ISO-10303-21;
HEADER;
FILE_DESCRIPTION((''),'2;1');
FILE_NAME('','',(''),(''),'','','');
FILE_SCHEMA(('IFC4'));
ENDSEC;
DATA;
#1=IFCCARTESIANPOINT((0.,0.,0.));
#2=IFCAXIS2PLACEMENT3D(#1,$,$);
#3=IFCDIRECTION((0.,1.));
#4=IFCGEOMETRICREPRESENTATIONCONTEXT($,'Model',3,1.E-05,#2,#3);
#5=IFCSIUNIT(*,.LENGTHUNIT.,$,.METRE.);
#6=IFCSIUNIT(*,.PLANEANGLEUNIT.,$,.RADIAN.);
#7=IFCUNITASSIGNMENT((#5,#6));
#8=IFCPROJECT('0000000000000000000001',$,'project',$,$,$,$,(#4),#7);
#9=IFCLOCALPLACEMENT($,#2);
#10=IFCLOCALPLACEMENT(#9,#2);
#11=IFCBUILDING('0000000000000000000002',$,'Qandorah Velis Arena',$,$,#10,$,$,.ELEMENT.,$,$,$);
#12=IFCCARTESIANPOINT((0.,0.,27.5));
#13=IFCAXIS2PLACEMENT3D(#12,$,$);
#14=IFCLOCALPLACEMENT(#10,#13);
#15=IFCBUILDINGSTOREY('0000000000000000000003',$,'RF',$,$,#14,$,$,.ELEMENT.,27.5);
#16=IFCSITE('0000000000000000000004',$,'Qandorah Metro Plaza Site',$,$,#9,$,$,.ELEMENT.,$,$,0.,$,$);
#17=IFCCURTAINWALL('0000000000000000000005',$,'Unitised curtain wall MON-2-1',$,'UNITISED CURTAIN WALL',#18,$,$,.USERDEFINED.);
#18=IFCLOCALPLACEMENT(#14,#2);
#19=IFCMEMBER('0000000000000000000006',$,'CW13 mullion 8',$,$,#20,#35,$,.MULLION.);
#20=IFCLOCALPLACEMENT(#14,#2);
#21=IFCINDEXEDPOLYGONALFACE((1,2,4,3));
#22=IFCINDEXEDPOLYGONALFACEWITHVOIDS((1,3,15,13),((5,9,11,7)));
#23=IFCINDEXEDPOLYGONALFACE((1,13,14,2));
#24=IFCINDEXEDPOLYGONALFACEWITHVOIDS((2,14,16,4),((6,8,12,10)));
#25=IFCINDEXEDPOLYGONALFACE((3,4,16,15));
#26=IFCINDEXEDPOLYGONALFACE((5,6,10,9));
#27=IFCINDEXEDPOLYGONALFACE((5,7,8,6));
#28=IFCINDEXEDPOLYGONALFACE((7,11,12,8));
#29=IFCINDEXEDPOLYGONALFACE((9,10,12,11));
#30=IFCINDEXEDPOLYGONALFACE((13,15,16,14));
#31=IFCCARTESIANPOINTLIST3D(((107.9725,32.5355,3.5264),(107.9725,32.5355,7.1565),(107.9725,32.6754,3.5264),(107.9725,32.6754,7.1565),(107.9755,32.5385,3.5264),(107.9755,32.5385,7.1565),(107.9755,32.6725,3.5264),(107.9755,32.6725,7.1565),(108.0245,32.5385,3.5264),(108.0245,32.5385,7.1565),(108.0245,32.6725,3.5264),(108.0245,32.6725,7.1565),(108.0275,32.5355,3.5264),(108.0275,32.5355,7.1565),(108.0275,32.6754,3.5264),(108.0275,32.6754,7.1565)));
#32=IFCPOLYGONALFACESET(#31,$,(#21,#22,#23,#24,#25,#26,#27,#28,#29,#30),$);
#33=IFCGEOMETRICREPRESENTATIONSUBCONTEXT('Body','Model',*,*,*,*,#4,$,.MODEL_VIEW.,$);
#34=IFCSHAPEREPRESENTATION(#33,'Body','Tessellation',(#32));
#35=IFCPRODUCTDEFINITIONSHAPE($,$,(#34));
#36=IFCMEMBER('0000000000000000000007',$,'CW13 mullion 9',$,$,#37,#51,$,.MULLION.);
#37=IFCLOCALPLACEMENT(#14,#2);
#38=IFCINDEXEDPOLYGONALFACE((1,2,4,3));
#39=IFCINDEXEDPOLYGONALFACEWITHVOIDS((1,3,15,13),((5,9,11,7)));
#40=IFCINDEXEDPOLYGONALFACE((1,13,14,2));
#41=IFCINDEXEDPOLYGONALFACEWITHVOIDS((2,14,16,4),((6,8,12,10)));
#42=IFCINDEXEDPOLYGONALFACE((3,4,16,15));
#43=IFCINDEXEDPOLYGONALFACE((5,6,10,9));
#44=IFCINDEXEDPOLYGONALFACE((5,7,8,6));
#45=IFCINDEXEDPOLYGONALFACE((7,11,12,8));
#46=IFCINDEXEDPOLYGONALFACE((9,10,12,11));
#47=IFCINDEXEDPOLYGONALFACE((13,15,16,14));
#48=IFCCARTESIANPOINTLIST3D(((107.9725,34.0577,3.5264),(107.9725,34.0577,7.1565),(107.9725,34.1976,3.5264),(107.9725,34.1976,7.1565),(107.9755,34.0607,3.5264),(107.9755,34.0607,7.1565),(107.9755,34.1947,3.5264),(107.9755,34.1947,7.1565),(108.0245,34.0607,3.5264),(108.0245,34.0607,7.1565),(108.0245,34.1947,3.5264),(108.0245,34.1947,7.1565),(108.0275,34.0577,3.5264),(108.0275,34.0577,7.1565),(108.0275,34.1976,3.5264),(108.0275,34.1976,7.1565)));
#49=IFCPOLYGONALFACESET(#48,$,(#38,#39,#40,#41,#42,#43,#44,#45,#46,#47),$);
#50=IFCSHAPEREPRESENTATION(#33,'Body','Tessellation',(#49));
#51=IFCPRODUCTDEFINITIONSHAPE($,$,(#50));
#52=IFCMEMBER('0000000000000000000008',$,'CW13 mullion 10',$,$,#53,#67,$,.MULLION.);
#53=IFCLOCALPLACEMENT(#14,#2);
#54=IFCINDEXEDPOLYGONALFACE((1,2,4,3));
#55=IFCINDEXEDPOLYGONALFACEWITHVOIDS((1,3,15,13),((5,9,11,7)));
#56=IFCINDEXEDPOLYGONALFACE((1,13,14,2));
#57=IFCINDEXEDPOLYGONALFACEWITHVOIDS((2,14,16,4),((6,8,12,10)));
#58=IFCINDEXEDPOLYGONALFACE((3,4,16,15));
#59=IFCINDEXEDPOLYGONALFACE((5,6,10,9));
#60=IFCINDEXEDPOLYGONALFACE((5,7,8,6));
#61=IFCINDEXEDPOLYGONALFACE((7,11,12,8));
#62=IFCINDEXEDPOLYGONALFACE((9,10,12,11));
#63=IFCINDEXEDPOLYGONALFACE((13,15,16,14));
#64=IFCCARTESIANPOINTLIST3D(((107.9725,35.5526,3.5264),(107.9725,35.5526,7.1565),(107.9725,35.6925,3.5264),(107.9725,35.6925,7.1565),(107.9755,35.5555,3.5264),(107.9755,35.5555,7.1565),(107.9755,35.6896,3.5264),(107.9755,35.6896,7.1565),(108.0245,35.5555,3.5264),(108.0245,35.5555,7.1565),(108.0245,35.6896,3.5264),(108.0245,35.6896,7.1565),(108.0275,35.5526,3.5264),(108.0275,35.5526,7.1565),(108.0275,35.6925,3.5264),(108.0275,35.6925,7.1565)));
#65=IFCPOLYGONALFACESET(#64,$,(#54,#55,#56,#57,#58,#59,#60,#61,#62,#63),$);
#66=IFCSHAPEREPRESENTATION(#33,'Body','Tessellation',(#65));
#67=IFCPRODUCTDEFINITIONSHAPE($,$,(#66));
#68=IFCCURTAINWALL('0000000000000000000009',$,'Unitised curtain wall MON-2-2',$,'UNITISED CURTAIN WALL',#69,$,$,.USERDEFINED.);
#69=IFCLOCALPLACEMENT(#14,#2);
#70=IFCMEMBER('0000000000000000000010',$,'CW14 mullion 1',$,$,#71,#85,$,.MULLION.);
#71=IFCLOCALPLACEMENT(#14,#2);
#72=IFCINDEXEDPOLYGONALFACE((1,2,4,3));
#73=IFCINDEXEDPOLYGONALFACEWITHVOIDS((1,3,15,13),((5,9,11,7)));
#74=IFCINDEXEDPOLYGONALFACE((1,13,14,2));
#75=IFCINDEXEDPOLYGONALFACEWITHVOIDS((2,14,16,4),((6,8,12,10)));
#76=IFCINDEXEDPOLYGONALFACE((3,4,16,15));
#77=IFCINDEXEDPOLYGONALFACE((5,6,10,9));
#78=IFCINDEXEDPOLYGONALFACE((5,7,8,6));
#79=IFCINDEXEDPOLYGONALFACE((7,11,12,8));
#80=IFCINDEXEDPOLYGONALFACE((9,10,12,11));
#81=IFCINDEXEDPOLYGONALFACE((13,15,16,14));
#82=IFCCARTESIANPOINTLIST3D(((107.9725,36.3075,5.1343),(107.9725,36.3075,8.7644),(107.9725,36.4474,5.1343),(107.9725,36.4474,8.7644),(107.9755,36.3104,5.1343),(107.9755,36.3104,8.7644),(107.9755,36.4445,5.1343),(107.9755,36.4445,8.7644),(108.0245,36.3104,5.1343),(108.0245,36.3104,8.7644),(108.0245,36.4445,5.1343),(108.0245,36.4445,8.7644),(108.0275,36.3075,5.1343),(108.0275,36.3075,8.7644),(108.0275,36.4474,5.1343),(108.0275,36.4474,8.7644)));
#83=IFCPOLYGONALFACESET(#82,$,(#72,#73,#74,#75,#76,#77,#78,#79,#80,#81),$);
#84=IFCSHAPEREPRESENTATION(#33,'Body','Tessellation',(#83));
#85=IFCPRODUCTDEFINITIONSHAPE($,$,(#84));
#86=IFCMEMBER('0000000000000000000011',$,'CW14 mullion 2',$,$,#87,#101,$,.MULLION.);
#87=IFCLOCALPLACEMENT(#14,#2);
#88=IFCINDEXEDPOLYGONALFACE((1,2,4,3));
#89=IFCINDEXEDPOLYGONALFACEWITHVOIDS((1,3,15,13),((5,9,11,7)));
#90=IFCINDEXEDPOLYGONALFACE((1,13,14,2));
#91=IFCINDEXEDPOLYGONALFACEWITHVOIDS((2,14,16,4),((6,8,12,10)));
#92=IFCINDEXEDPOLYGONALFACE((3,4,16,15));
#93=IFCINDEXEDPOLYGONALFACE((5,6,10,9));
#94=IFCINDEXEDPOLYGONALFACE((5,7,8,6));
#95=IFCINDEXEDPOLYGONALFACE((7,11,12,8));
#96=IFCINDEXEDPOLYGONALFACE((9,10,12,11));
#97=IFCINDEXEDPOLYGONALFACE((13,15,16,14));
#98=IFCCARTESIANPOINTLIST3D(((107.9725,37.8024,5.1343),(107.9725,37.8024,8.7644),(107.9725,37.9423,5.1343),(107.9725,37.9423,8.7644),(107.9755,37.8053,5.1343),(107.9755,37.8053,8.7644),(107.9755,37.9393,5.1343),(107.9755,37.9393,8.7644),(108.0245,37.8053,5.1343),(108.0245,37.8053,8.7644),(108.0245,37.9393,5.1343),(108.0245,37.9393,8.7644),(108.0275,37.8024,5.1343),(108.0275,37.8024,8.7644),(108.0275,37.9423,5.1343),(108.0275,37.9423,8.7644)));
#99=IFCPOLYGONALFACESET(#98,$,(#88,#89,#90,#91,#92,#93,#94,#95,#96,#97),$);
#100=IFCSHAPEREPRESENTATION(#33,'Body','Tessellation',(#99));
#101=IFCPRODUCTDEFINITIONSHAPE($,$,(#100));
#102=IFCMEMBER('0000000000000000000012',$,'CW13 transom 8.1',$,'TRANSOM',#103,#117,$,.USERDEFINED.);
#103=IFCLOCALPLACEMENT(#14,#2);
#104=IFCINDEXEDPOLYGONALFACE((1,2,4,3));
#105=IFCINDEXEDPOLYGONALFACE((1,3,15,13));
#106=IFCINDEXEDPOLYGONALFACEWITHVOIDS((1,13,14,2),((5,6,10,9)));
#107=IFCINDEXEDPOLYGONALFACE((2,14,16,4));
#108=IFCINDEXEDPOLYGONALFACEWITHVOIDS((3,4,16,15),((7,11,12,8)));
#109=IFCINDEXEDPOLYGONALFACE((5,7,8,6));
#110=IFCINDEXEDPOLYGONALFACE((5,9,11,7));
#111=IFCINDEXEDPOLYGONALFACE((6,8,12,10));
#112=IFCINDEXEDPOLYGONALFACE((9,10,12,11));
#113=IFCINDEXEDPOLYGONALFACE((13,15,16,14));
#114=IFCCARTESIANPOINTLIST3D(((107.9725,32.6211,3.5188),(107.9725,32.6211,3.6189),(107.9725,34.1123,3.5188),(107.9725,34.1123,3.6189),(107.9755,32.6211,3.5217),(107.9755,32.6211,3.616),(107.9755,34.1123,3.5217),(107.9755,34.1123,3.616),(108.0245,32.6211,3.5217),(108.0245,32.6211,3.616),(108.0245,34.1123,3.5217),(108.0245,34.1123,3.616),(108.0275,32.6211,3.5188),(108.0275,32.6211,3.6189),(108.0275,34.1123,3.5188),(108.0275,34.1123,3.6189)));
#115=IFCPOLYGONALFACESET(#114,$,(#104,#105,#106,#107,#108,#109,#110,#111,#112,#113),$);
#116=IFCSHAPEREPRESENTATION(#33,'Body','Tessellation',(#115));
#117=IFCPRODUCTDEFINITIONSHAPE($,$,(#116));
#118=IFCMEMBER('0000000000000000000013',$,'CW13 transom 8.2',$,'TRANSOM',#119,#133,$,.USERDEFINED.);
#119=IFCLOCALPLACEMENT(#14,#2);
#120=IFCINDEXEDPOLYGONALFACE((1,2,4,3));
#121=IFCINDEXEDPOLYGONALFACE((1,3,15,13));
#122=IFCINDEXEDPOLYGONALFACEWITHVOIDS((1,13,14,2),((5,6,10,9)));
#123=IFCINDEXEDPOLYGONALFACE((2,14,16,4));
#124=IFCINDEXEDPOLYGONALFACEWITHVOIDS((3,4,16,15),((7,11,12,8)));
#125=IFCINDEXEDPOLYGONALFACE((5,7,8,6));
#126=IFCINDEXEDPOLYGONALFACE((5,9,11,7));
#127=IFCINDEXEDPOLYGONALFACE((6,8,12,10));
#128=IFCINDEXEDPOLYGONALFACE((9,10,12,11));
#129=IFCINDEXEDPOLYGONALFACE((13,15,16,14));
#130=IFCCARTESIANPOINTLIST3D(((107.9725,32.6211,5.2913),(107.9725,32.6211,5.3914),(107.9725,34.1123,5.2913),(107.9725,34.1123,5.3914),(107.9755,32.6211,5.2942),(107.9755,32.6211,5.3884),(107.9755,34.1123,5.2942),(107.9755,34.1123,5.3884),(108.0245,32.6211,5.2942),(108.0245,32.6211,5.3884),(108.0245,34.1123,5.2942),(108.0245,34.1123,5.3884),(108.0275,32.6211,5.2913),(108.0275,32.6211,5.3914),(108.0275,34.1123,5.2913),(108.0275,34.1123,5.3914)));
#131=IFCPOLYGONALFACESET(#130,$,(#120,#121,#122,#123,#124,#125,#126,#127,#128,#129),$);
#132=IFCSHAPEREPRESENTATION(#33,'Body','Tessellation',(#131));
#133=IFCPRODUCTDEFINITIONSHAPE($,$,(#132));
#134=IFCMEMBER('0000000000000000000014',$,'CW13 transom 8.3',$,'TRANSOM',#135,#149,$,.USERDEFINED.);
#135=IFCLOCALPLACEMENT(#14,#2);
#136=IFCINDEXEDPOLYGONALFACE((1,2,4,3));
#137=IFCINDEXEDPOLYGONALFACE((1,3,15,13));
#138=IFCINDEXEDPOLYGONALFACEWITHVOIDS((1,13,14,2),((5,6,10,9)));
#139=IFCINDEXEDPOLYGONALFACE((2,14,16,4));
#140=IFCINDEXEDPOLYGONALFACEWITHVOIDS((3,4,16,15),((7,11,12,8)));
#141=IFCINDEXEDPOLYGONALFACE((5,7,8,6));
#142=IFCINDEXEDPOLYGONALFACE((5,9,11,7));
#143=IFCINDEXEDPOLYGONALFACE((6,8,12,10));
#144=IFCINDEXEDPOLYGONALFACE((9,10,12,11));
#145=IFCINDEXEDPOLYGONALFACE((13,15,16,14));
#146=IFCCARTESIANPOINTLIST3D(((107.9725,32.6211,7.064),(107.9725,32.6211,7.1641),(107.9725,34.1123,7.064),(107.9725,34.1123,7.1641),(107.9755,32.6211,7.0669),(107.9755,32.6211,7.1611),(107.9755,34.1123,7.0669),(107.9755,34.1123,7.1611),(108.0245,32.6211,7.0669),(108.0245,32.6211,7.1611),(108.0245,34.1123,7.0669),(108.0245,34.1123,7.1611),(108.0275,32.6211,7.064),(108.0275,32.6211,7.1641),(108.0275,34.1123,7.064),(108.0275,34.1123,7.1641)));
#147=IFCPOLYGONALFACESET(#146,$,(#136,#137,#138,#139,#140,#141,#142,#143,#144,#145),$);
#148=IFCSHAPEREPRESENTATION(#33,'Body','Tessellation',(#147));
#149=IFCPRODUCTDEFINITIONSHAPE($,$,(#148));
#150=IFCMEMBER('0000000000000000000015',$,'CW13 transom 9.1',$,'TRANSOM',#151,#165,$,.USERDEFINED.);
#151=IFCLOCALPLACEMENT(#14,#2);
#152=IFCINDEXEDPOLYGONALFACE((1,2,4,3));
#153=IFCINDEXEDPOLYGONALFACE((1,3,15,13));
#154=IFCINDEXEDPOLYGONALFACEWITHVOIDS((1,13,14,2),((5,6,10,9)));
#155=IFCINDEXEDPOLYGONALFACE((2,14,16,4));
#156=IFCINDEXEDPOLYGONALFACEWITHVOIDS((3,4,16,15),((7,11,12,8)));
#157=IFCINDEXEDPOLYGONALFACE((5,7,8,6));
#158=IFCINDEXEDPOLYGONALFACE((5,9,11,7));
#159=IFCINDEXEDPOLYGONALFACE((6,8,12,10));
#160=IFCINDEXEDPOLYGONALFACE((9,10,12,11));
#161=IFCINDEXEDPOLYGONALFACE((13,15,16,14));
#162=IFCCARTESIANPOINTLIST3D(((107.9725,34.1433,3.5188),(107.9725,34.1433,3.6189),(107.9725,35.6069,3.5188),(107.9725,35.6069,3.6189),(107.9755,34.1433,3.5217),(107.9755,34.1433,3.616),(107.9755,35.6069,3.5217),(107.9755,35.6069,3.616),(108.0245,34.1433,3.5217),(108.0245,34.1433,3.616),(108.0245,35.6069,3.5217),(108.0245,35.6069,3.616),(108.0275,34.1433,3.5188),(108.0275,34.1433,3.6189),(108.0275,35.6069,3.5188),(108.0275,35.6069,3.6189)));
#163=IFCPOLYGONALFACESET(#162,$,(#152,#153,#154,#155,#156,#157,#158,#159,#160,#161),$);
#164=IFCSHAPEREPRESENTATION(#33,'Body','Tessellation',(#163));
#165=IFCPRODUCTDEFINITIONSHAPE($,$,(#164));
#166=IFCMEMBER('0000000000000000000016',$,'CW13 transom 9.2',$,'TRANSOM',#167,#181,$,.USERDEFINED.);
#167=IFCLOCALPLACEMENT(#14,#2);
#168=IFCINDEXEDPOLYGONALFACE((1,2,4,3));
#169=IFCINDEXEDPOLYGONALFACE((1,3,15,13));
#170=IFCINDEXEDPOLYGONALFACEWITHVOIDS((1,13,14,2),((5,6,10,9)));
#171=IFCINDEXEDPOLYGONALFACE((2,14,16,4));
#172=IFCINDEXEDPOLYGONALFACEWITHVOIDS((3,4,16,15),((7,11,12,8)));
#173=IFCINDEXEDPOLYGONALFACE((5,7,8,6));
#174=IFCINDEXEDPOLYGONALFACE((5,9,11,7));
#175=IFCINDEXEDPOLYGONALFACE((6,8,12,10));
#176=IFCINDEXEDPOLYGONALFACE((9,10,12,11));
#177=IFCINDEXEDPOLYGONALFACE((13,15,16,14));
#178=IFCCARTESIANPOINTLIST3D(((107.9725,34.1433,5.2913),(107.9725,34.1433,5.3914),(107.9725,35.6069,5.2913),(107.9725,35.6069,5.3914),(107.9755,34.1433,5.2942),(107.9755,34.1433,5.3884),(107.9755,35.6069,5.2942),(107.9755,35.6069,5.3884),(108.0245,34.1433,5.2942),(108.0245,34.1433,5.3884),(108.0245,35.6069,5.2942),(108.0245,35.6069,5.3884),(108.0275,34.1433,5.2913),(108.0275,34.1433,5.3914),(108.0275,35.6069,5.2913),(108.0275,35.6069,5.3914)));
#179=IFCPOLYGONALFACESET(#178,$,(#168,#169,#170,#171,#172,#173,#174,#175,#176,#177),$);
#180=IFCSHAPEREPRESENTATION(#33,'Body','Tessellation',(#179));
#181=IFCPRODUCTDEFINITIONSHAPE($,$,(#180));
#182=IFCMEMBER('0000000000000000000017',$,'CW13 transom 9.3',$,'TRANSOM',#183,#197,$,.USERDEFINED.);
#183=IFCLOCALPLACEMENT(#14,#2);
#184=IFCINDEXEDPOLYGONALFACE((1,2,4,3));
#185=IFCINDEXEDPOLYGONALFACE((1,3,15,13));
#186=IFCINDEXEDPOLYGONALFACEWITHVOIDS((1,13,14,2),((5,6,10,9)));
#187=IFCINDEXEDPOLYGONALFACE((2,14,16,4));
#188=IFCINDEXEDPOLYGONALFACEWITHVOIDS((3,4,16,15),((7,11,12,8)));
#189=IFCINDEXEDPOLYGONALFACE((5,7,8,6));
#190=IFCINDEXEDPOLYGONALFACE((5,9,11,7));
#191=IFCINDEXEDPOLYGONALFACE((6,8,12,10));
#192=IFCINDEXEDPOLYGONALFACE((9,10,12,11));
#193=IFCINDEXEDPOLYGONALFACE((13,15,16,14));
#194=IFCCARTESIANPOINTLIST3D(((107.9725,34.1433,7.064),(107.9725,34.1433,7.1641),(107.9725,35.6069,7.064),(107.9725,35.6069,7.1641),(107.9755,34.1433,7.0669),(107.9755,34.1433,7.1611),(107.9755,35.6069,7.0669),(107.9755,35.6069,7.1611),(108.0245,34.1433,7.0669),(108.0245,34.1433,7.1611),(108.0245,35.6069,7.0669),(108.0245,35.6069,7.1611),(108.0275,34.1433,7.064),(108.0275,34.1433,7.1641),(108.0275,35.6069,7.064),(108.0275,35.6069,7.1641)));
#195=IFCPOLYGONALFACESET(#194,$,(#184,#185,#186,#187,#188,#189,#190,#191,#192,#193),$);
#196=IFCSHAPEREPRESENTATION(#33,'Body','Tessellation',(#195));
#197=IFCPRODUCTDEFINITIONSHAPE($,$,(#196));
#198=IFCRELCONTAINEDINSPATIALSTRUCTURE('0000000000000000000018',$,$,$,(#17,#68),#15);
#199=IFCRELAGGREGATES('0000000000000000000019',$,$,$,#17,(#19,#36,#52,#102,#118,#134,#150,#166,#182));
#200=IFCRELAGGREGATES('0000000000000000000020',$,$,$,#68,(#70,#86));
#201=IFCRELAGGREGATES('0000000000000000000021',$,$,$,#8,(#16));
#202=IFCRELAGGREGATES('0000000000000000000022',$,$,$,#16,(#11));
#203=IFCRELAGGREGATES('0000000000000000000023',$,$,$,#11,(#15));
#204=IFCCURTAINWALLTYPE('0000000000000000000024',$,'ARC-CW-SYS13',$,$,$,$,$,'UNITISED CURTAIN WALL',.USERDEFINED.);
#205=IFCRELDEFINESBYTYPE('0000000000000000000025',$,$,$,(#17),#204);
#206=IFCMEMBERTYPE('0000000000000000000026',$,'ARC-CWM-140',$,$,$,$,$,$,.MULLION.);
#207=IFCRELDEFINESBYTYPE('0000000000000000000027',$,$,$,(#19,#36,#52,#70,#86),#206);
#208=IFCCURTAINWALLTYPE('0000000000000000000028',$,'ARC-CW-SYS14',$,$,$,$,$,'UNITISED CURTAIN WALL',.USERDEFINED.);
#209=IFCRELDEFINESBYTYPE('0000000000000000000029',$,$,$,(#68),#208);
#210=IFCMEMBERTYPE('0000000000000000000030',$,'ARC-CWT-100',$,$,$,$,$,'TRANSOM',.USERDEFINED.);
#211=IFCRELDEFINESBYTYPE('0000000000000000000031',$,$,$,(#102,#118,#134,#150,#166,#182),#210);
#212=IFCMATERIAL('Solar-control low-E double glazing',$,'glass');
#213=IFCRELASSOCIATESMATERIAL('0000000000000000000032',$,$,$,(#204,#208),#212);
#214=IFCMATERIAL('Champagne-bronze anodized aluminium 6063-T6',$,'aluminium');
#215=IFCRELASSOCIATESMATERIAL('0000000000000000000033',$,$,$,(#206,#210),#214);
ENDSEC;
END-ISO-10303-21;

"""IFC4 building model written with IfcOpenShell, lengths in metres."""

from ifc_helpers import new_model, si_unit, direction, frame, origin, origin_2d, place, context, subcontext, project, spatial, hollow_rectangle, extrude, material, material_profile, profile_set, type_object, element, aggregate, save


model = new_model("IFC4")

# Units and contexts
model_context = context("Model", 3, precision=1e-05, world=origin(), true_north=direction((0.0, 1.0)))
body_context = subcontext(model_context, "Body", "Model", "MODEL_VIEW")
ifc_project = project(units=[si_unit("LENGTHUNIT", "METRE"), si_unit("PLANEANGLEUNIT", "RADIAN")], contexts=[model_context])

# Site, building, storey
site_placement = place(None, origin())
site = spatial("IfcSite", under=ifc_project, at=site_placement, Name="Qandorah Metro Plaza Site", CompositionType="ELEMENT", RefElevation=0.0)
building_placement = place(site_placement, origin())
building = spatial("IfcBuilding", under=site, at=building_placement, Name="Qandorah Velis Arena", CompositionType="ELEMENT")
storey_placement = place(building_placement, frame((0.0, 0.0, 27.5)))
storey = spatial("IfcBuildingStorey", under=building, at=storey_placement, Name="RF", CompositionType="ELEMENT", Elevation=27.5)

# Curtain walls, members
ifc_material_1 = material(Name="Solar-control low-E double glazing", Category="glass")
curtain_wall_type_1 = type_object("IfcCurtainWallType", Name="ARC-CW-SYS13", ElementType="UNITISED CURTAIN WALL", PredefinedType="USERDEFINED", material=ifc_material_1)
curtain_wall_1_placement = place(storey_placement, origin())
curtain_wall_1 = element("IfcCurtainWall", 1, at=curtain_wall_1_placement, inside=storey, type_object=curtain_wall_type_1, Name="Unitised curtain wall MON-2-1", ObjectType="UNITISED CURTAIN WALL", PredefinedType="USERDEFINED")
ifc_material_2 = material(Name="Champagne-bronze anodized aluminium 6063-T6", Category="aluminium")
ifc_material_profile_1 = material_profile(ifc_material_2, hollow_rectangle(XDim=0.0549, YDim=0.1399, WallThickness=0.0029, at=origin_2d()), Name="ALU MULLION 55x140")
ifc_profile_set_1 = profile_set([ifc_material_profile_1], Name="Champagne-bronze anodized aluminium 6063-T6")
member_type_1 = type_object("IfcMemberType", Name="ARC-CWM-140", PredefinedType="MULLION", material=ifc_profile_set_1)
member_1_placement = place(storey_placement, frame((108.0, 32.6055, 3.5264), z_axis=(0.0, 0.0, 1.0), x_axis=(-1.0, 0.0, 0.0)))
member_1 = element("IfcMember", 2, at=member_1_placement, type_object=member_type_1, Name="CW13 mullion 8", PredefinedType="MULLION", context=body_context, shape_type="SweptSolid", body=[
    extrude(hollow_rectangle(XDim=0.0549, YDim=0.1399, WallThickness=0.0029, at=origin_2d()), origin(), (0.0, 0.0, 1.0), 3.6301),
])
member_2_placement = place(storey_placement, frame((108.0, 34.1277, 3.5264), z_axis=(0.0, 0.0, 1.0), x_axis=(-1.0, 0.0, 0.0)))
member_2 = element("IfcMember", 3, at=member_2_placement, type_object=member_type_1, Name="CW13 mullion 9", PredefinedType="MULLION", context=body_context, shape_type="SweptSolid", body=[
    extrude(hollow_rectangle(XDim=0.0549, YDim=0.1399, WallThickness=0.0029, at=origin_2d()), origin(), (0.0, 0.0, 1.0), 3.6301),
])
member_3_placement = place(storey_placement, frame((108.0, 35.6226, 3.5264), z_axis=(0.0, 0.0, 1.0), x_axis=(-1.0, 0.0, 0.0)))
member_3 = element("IfcMember", 4, at=member_3_placement, type_object=member_type_1, Name="CW13 mullion 10", PredefinedType="MULLION", context=body_context, shape_type="SweptSolid", body=[
    extrude(hollow_rectangle(XDim=0.0549, YDim=0.1399, WallThickness=0.0029, at=origin_2d()), origin(), (0.0, 0.0, 1.0), 3.6301),
])
curtain_wall_type_2 = type_object("IfcCurtainWallType", Name="ARC-CW-SYS14", ElementType="UNITISED CURTAIN WALL", PredefinedType="USERDEFINED", material=ifc_material_1)
curtain_wall_2_placement = place(storey_placement, origin())
curtain_wall_2 = element("IfcCurtainWall", 5, at=curtain_wall_2_placement, inside=storey, type_object=curtain_wall_type_2, Name="Unitised curtain wall MON-2-2", ObjectType="UNITISED CURTAIN WALL", PredefinedType="USERDEFINED")
member_4_placement = place(storey_placement, frame((108.0, 36.3774, 5.1343), z_axis=(0.0, 0.0, 1.0), x_axis=(-1.0, 0.0, 0.0)))
member_4 = element("IfcMember", 6, at=member_4_placement, type_object=member_type_1, Name="CW14 mullion 1", PredefinedType="MULLION", context=body_context, shape_type="SweptSolid", body=[
    extrude(hollow_rectangle(XDim=0.0549, YDim=0.1399, WallThickness=0.0029, at=origin_2d()), origin(), (0.0, 0.0, 1.0), 3.6301),
])
member_5_placement = place(storey_placement, frame((108.0, 37.8723, 5.1343), z_axis=(0.0, 0.0, 1.0), x_axis=(-1.0, 0.0, 0.0)))
member_5 = element("IfcMember", 7, at=member_5_placement, type_object=member_type_1, Name="CW14 mullion 2", PredefinedType="MULLION", context=body_context, shape_type="SweptSolid", body=[
    extrude(hollow_rectangle(XDim=0.0549, YDim=0.1399, WallThickness=0.0029, at=origin_2d()), origin(), (0.0, 0.0, 1.0), 3.6301),
])

# Members
ifc_material_profile_2 = material_profile(ifc_material_2, hollow_rectangle(XDim=0.0549, YDim=0.1001, WallThickness=0.0029, at=origin_2d()), Name="ALU TRANSOM 55x100")
ifc_profile_set_2 = profile_set([ifc_material_profile_2], Name="Champagne-bronze anodized aluminium 6063-T6")
member_type_2 = type_object("IfcMemberType", Name="ARC-CWT-100", ElementType="TRANSOM", PredefinedType="USERDEFINED", material=ifc_profile_set_2)
member_6_placement = place(storey_placement, frame((108.0, 32.6211, 3.5688), z_axis=(0.0, 1.0, 0.0), x_axis=(-1.0, 0.0, 0.0)))
member_6 = element("IfcMember", 8, at=member_6_placement, type_object=member_type_2, Name="CW13 transom 8.1", ObjectType="TRANSOM", PredefinedType="USERDEFINED", context=body_context, shape_type="SweptSolid", body=[
    extrude(hollow_rectangle(XDim=0.0549, YDim=0.1001, WallThickness=0.0029, at=origin_2d()), origin(), (0.0, 0.0, 1.0), 1.4912),
])
member_7_placement = place(storey_placement, frame((108.0, 32.6211, 5.3413), z_axis=(0.0, 1.0, 0.0), x_axis=(-1.0, 0.0, 0.0)))
member_7 = element("IfcMember", 9, at=member_7_placement, type_object=member_type_2, Name="CW13 transom 8.2", ObjectType="TRANSOM", PredefinedType="USERDEFINED", context=body_context, shape_type="SweptSolid", body=[
    extrude(hollow_rectangle(XDim=0.0549, YDim=0.1001, WallThickness=0.0029, at=origin_2d()), origin(), (0.0, 0.0, 1.0), 1.4912),
])
member_8_placement = place(storey_placement, frame((108.0, 32.6211, 7.114), z_axis=(0.0, 1.0, 0.0), x_axis=(-1.0, 0.0, 0.0)))
member_8 = element("IfcMember", 10, at=member_8_placement, type_object=member_type_2, Name="CW13 transom 8.3", ObjectType="TRANSOM", PredefinedType="USERDEFINED", context=body_context, shape_type="SweptSolid", body=[
    extrude(hollow_rectangle(XDim=0.0549, YDim=0.1001, WallThickness=0.0029, at=origin_2d()), origin(), (0.0, 0.0, 1.0), 1.4912),
])
member_9_placement = place(storey_placement, frame((108.0, 34.1433, 3.5688), z_axis=(0.0, 1.0, 0.0), x_axis=(-1.0, 0.0, 0.0)))
member_9 = element("IfcMember", 11, at=member_9_placement, type_object=member_type_2, Name="CW13 transom 9.1", ObjectType="TRANSOM", PredefinedType="USERDEFINED", context=body_context, shape_type="SweptSolid", body=[
    extrude(hollow_rectangle(XDim=0.0549, YDim=0.1001, WallThickness=0.0029, at=origin_2d()), origin(), (0.0, 0.0, 1.0), 1.4636),
])
member_10_placement = place(storey_placement, frame((108.0, 34.1433, 5.3413), z_axis=(0.0, 1.0, 0.0), x_axis=(-1.0, 0.0, 0.0)))
member_10 = element("IfcMember", 12, at=member_10_placement, type_object=member_type_2, Name="CW13 transom 9.2", ObjectType="TRANSOM", PredefinedType="USERDEFINED", context=body_context, shape_type="SweptSolid", body=[
    extrude(hollow_rectangle(XDim=0.0549, YDim=0.1001, WallThickness=0.0029, at=origin_2d()), origin(), (0.0, 0.0, 1.0), 1.4636),
])
member_11_placement = place(storey_placement, frame((108.0, 34.1433, 7.114), z_axis=(0.0, 1.0, 0.0), x_axis=(-1.0, 0.0, 0.0)))
member_11 = element("IfcMember", 13, at=member_11_placement, type_object=member_type_2, Name="CW13 transom 9.3", ObjectType="TRANSOM", PredefinedType="USERDEFINED", context=body_context, shape_type="SweptSolid", body=[
    extrude(hollow_rectangle(XDim=0.0549, YDim=0.1001, WallThickness=0.0029, at=origin_2d()), origin(), (0.0, 0.0, 1.0), 1.4636),
])

aggregate(curtain_wall_1, [member_1, member_2, member_3, member_6, member_7, member_8, member_9, member_10, member_11])
aggregate(curtain_wall_2, [member_4, member_5])

save(model, "model.ifc")
